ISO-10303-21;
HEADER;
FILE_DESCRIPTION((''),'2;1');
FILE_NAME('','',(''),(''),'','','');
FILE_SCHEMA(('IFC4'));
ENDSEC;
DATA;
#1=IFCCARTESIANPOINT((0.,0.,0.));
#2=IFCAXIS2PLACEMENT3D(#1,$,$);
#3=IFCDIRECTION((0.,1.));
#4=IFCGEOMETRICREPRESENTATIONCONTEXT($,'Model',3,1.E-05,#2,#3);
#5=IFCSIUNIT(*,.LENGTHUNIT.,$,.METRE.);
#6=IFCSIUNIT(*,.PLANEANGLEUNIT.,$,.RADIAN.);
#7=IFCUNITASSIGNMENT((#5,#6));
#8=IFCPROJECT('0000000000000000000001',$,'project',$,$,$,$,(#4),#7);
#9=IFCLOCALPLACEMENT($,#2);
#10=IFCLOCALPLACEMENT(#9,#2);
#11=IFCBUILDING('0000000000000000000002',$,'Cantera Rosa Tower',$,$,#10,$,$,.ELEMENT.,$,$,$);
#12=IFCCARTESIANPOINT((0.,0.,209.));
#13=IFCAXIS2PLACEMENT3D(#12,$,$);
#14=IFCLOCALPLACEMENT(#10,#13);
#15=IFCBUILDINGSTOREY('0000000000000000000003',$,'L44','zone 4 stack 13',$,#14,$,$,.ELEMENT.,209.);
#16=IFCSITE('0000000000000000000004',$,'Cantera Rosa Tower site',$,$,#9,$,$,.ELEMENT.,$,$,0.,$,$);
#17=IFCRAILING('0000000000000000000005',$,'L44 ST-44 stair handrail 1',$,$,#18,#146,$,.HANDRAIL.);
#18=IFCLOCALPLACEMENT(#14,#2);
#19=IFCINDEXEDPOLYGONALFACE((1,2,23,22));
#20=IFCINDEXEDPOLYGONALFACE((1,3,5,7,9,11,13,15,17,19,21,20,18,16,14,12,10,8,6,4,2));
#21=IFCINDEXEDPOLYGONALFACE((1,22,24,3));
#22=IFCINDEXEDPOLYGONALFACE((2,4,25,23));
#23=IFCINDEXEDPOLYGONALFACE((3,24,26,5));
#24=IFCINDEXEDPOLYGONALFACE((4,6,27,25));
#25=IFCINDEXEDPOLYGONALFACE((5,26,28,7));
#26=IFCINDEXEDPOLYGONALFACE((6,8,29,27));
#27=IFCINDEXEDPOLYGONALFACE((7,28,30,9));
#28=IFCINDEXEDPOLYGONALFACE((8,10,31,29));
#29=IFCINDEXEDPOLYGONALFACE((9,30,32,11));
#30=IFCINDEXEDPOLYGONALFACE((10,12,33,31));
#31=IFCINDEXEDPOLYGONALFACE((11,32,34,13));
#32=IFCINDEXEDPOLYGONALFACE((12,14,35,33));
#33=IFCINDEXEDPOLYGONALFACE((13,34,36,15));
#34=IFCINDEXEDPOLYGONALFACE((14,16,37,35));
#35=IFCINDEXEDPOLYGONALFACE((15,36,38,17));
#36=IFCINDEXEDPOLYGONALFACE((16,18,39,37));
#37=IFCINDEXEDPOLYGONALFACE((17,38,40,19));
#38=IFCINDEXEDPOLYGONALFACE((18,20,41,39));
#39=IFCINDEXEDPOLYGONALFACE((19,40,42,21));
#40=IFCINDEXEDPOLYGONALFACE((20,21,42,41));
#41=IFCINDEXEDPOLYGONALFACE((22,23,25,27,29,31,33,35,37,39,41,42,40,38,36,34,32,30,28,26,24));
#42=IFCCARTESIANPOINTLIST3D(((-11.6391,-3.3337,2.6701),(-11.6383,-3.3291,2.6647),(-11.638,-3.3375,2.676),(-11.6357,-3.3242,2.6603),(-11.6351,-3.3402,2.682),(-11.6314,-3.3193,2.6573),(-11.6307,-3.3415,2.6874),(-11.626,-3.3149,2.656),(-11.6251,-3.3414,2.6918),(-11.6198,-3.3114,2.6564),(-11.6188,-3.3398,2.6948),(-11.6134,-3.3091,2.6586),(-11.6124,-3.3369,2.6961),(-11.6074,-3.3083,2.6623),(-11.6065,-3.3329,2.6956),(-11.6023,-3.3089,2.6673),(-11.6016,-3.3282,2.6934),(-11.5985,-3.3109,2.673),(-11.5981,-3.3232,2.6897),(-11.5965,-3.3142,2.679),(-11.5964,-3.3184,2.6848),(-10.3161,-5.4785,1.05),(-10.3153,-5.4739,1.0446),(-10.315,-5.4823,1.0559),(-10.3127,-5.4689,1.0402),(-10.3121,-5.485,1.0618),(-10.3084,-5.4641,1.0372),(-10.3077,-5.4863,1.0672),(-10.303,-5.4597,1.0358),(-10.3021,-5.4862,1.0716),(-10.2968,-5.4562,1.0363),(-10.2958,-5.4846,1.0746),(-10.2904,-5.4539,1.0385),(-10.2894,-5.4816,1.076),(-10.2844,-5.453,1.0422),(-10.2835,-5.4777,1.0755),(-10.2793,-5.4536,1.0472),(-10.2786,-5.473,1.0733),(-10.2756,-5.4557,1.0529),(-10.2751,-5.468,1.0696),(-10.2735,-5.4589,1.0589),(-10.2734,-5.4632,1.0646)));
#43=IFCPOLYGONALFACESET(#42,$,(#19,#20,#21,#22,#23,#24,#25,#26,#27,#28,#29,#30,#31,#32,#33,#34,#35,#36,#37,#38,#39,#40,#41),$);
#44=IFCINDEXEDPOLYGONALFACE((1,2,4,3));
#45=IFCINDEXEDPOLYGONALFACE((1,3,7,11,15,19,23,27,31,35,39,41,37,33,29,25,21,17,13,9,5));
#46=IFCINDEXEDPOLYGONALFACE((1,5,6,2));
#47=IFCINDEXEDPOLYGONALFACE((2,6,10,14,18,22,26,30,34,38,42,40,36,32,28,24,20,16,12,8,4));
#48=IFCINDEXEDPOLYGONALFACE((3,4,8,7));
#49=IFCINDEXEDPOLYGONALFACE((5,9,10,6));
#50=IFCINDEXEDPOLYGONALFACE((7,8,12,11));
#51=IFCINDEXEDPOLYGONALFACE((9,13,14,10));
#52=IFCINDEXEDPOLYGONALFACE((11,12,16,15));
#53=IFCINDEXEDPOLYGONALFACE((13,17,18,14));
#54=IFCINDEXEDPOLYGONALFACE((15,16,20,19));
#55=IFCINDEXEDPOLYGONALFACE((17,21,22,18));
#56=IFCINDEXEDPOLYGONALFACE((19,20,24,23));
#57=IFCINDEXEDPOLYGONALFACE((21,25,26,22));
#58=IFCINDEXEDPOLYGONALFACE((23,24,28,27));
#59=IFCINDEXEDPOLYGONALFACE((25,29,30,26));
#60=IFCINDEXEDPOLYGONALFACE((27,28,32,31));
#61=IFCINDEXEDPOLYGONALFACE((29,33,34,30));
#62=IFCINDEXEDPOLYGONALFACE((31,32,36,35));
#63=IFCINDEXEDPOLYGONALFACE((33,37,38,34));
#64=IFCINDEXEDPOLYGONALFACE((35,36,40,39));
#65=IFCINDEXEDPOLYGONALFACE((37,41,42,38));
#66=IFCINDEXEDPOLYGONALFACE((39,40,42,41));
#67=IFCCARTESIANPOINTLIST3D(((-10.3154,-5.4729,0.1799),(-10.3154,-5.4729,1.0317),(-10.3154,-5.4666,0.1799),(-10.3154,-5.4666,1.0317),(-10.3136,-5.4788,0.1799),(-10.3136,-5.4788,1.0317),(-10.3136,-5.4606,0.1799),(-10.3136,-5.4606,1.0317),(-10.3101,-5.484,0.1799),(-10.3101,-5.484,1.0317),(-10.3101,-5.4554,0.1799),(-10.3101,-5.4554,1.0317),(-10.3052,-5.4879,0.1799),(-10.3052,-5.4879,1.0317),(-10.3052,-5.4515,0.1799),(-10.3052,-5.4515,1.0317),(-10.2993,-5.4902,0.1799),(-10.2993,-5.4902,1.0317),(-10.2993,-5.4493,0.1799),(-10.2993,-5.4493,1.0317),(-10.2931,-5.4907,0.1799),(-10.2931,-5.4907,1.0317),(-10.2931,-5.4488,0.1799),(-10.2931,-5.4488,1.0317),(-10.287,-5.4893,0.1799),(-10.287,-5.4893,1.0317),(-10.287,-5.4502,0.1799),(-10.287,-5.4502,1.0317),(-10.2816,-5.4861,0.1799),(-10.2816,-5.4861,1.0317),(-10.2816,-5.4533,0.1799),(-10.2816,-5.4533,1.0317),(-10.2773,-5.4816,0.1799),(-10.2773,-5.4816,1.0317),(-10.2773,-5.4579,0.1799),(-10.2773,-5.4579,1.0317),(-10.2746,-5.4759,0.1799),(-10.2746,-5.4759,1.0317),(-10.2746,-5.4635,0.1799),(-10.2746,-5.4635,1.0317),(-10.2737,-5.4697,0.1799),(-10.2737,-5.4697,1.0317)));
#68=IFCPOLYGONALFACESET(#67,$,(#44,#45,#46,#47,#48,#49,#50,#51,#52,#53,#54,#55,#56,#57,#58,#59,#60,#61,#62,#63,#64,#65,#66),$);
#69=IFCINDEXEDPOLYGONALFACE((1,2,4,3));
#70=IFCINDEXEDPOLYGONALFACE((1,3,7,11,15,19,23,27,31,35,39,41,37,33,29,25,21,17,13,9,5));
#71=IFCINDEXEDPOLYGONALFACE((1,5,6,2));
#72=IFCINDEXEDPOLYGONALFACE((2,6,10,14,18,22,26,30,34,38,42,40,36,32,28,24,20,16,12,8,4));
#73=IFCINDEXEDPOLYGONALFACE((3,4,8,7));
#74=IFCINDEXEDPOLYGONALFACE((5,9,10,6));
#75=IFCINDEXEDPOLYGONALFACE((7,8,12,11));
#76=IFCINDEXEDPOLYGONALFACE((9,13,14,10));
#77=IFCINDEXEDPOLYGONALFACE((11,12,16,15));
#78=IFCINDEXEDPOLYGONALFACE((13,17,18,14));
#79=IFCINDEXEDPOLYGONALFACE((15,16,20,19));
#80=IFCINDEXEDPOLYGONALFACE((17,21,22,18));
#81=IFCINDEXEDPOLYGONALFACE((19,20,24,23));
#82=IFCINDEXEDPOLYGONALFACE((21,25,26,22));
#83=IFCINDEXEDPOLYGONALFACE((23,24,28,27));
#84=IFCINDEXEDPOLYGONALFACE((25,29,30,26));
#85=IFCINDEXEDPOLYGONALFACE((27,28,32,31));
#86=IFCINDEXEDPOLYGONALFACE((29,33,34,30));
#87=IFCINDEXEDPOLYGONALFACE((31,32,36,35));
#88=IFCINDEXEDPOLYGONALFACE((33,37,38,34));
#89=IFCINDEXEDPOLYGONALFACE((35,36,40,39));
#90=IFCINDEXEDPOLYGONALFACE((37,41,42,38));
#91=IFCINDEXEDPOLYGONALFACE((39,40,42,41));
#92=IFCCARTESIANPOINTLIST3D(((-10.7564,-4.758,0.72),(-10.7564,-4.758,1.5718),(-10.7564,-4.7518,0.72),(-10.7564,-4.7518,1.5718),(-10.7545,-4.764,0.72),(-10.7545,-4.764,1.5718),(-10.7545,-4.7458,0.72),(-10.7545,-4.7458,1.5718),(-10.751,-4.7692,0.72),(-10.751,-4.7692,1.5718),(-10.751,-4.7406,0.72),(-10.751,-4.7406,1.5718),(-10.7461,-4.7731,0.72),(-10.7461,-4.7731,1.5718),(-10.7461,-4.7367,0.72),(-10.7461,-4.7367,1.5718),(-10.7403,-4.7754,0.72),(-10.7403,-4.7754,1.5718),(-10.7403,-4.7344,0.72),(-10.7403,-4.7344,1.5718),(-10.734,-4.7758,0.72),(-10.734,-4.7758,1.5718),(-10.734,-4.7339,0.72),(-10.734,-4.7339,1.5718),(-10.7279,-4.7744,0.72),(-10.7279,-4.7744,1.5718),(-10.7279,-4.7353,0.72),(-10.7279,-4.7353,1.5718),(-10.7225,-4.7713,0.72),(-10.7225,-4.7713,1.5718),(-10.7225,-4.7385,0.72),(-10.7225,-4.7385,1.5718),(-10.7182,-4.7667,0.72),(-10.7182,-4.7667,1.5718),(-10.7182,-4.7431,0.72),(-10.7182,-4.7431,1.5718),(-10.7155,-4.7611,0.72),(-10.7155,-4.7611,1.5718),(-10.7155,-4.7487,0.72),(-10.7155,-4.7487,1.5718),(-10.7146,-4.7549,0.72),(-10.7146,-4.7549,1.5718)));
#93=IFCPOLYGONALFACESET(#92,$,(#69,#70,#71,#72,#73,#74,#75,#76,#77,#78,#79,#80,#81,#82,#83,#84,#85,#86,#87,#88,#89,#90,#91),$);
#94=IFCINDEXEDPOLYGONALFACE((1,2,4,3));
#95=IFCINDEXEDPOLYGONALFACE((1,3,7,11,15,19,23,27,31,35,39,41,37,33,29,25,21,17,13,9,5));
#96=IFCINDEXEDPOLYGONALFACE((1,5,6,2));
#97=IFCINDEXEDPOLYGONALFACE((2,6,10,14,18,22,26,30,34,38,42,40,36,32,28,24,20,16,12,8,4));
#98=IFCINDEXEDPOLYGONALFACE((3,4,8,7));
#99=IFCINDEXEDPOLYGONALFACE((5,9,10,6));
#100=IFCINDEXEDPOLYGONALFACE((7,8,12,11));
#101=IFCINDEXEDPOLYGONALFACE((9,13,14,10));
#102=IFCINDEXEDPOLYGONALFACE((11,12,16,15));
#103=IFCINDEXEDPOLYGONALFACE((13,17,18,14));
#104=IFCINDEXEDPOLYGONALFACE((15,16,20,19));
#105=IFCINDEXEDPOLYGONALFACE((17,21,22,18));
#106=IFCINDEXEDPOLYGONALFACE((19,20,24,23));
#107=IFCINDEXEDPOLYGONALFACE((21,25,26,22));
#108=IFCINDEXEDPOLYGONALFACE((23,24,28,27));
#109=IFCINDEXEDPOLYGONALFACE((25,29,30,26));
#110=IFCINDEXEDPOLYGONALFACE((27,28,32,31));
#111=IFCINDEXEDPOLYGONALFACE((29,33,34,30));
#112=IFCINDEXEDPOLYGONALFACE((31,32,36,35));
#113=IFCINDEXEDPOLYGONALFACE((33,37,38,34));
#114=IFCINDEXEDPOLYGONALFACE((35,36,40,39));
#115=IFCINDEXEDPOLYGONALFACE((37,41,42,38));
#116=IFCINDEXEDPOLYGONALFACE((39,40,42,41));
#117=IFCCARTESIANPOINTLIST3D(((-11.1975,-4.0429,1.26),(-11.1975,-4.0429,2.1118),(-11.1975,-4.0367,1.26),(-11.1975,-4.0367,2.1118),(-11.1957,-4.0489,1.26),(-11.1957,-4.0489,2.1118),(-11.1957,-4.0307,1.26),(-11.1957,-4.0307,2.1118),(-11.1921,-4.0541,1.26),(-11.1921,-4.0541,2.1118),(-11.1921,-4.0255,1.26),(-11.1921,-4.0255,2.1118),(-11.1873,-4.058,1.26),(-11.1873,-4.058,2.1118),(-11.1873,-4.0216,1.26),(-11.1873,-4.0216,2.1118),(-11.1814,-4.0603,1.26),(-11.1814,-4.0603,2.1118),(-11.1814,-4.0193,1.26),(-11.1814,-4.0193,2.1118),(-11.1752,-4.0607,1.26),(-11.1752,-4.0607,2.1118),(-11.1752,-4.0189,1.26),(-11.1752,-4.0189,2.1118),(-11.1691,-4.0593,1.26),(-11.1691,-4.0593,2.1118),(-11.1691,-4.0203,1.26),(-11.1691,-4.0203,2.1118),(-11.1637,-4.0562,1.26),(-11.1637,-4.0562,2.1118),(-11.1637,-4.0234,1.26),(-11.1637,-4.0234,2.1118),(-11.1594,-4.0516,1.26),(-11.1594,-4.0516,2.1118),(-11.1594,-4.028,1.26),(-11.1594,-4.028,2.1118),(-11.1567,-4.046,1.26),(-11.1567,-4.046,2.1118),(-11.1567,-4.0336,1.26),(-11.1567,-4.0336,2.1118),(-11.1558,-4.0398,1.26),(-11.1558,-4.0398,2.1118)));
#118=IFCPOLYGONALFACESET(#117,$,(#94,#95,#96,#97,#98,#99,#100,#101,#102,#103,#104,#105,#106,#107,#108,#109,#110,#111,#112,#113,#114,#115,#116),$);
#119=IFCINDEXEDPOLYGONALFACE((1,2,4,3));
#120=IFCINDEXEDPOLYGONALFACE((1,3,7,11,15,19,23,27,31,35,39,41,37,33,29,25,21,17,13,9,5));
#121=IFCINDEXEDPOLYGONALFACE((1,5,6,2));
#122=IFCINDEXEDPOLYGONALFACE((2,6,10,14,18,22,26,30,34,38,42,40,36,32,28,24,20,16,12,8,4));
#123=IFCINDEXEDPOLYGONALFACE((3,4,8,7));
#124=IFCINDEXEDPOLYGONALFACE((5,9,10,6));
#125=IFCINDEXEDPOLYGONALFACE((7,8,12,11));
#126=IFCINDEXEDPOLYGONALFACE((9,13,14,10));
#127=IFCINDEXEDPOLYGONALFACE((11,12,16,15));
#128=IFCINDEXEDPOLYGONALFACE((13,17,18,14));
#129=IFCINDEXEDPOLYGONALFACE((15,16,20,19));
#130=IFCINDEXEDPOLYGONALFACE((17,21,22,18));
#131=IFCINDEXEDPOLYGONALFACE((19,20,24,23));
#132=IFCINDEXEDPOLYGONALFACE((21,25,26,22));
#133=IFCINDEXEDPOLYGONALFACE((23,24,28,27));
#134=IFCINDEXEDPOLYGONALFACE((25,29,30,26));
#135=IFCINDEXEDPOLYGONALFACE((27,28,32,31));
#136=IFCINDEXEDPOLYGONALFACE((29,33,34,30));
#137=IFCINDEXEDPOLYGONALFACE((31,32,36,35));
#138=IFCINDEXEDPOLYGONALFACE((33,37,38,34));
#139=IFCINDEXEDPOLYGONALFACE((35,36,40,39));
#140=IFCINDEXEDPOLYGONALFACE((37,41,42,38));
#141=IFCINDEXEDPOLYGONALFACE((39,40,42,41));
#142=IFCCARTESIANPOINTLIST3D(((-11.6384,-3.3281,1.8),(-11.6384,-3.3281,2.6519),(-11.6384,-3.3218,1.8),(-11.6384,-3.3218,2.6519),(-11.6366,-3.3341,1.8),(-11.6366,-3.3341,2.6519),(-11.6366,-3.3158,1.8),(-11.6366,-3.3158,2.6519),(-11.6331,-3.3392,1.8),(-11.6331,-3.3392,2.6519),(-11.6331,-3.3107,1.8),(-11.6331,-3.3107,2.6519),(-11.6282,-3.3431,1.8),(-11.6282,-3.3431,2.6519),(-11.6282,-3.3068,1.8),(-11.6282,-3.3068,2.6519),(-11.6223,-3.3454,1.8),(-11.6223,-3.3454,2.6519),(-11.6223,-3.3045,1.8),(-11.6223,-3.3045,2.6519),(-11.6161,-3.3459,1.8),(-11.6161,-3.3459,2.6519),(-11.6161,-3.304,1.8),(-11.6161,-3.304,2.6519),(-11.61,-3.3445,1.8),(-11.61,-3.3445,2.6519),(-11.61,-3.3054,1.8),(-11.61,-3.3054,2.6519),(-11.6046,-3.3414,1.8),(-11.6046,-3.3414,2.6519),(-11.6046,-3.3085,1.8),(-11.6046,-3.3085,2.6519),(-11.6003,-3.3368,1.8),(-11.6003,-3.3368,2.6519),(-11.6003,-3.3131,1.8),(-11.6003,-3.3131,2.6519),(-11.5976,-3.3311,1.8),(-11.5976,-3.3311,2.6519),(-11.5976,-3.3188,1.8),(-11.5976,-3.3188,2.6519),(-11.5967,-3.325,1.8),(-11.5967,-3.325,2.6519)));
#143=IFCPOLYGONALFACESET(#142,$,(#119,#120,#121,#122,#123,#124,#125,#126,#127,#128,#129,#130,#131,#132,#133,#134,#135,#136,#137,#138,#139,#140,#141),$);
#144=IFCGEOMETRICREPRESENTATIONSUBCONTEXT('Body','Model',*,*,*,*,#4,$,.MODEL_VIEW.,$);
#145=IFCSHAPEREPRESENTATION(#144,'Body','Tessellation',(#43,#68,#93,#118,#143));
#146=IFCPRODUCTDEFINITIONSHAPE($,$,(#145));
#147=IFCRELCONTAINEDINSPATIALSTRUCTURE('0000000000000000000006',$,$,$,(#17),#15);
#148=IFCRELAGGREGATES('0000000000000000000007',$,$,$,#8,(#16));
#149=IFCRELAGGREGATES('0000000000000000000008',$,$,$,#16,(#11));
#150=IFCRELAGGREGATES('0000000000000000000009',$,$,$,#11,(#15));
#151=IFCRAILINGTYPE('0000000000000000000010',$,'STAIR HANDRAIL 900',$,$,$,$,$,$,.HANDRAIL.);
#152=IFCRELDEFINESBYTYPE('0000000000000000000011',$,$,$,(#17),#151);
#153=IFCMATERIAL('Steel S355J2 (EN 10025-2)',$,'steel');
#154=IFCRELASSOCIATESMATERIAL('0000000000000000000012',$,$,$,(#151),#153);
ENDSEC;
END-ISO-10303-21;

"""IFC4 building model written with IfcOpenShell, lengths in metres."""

from ifc_helpers import new_model, si_unit, direction, frame, origin, origin_2d, place, context, subcontext, project, spatial, circle, extrude, material, type_object, element, save


model = new_model("IFC4")

# Units and contexts
model_context = context("Model", 3, precision=1e-05, world=origin(), true_north=direction((0.0, 1.0)))
body_context = subcontext(model_context, "Body", "Model", "MODEL_VIEW")
ifc_project = project(units=[si_unit("LENGTHUNIT", "METRE"), si_unit("PLANEANGLEUNIT", "RADIAN")], contexts=[model_context])

# Site, building, storey
site_placement = place(None, origin())
site = spatial("IfcSite", under=ifc_project, at=site_placement, Name="Cantera Rosa Tower site", CompositionType="ELEMENT", RefElevation=0.0)
building_placement = place(site_placement, origin())
building = spatial("IfcBuilding", under=site, at=building_placement, Name="Cantera Rosa Tower", CompositionType="ELEMENT")
storey_placement = place(building_placement, frame((0.0, 0.0, 209.0)))
storey = spatial("IfcBuildingStorey", under=building, at=storey_placement, Name="L44", Description="zone 4 stack 13", CompositionType="ELEMENT", Elevation=209.0)

# Railing
ifc_material_1 = material(Name="Steel S355J2 (EN 10025-2)", Category="steel")
railing_type_1 = type_object("IfcRailingType", Name="STAIR HANDRAIL 900", PredefinedType="HANDRAIL", material=ifc_material_1)
railing_1_placement = place(storey_placement, frame((-10.2947, -5.4697, 0.1799)))
element("IfcRailing", 1, at=railing_1_placement, inside=storey, type_object=railing_type_1, Name="L44 ST-44 stair handrail 1", PredefinedType="HANDRAIL", context=body_context, shape_type="SweptSolid", body=[
    extrude(circle(Radius=0.0239, at=origin_2d()), frame((0.0, 0.0, 0.876), z_axis=(-0.441609, 0.715914, 0.540786), x_axis=(-0.851102, -0.525, 0.0)), (0.0, 0.0, 1.0), 2.9958),
    extrude(circle(Radius=0.021, at=origin_2d()), origin(), (0.0, 0.0, 1.0), 0.8518),
    extrude(circle(Radius=0.021, at=origin_2d()), frame((-0.4409, 0.7148, 0.54)), (0.0, 0.0, 1.0), 0.8518),
    extrude(circle(Radius=0.021, at=origin_2d()), frame((-0.8821, 1.4299, 1.0801)), (0.0, 0.0, 1.0), 0.8518),
    extrude(circle(Radius=0.021, at=origin_2d()), frame((-1.323, 2.1448, 1.6201)), (0.0, 0.0, 1.0), 0.8518),
])

save(model, "model.ifc")
